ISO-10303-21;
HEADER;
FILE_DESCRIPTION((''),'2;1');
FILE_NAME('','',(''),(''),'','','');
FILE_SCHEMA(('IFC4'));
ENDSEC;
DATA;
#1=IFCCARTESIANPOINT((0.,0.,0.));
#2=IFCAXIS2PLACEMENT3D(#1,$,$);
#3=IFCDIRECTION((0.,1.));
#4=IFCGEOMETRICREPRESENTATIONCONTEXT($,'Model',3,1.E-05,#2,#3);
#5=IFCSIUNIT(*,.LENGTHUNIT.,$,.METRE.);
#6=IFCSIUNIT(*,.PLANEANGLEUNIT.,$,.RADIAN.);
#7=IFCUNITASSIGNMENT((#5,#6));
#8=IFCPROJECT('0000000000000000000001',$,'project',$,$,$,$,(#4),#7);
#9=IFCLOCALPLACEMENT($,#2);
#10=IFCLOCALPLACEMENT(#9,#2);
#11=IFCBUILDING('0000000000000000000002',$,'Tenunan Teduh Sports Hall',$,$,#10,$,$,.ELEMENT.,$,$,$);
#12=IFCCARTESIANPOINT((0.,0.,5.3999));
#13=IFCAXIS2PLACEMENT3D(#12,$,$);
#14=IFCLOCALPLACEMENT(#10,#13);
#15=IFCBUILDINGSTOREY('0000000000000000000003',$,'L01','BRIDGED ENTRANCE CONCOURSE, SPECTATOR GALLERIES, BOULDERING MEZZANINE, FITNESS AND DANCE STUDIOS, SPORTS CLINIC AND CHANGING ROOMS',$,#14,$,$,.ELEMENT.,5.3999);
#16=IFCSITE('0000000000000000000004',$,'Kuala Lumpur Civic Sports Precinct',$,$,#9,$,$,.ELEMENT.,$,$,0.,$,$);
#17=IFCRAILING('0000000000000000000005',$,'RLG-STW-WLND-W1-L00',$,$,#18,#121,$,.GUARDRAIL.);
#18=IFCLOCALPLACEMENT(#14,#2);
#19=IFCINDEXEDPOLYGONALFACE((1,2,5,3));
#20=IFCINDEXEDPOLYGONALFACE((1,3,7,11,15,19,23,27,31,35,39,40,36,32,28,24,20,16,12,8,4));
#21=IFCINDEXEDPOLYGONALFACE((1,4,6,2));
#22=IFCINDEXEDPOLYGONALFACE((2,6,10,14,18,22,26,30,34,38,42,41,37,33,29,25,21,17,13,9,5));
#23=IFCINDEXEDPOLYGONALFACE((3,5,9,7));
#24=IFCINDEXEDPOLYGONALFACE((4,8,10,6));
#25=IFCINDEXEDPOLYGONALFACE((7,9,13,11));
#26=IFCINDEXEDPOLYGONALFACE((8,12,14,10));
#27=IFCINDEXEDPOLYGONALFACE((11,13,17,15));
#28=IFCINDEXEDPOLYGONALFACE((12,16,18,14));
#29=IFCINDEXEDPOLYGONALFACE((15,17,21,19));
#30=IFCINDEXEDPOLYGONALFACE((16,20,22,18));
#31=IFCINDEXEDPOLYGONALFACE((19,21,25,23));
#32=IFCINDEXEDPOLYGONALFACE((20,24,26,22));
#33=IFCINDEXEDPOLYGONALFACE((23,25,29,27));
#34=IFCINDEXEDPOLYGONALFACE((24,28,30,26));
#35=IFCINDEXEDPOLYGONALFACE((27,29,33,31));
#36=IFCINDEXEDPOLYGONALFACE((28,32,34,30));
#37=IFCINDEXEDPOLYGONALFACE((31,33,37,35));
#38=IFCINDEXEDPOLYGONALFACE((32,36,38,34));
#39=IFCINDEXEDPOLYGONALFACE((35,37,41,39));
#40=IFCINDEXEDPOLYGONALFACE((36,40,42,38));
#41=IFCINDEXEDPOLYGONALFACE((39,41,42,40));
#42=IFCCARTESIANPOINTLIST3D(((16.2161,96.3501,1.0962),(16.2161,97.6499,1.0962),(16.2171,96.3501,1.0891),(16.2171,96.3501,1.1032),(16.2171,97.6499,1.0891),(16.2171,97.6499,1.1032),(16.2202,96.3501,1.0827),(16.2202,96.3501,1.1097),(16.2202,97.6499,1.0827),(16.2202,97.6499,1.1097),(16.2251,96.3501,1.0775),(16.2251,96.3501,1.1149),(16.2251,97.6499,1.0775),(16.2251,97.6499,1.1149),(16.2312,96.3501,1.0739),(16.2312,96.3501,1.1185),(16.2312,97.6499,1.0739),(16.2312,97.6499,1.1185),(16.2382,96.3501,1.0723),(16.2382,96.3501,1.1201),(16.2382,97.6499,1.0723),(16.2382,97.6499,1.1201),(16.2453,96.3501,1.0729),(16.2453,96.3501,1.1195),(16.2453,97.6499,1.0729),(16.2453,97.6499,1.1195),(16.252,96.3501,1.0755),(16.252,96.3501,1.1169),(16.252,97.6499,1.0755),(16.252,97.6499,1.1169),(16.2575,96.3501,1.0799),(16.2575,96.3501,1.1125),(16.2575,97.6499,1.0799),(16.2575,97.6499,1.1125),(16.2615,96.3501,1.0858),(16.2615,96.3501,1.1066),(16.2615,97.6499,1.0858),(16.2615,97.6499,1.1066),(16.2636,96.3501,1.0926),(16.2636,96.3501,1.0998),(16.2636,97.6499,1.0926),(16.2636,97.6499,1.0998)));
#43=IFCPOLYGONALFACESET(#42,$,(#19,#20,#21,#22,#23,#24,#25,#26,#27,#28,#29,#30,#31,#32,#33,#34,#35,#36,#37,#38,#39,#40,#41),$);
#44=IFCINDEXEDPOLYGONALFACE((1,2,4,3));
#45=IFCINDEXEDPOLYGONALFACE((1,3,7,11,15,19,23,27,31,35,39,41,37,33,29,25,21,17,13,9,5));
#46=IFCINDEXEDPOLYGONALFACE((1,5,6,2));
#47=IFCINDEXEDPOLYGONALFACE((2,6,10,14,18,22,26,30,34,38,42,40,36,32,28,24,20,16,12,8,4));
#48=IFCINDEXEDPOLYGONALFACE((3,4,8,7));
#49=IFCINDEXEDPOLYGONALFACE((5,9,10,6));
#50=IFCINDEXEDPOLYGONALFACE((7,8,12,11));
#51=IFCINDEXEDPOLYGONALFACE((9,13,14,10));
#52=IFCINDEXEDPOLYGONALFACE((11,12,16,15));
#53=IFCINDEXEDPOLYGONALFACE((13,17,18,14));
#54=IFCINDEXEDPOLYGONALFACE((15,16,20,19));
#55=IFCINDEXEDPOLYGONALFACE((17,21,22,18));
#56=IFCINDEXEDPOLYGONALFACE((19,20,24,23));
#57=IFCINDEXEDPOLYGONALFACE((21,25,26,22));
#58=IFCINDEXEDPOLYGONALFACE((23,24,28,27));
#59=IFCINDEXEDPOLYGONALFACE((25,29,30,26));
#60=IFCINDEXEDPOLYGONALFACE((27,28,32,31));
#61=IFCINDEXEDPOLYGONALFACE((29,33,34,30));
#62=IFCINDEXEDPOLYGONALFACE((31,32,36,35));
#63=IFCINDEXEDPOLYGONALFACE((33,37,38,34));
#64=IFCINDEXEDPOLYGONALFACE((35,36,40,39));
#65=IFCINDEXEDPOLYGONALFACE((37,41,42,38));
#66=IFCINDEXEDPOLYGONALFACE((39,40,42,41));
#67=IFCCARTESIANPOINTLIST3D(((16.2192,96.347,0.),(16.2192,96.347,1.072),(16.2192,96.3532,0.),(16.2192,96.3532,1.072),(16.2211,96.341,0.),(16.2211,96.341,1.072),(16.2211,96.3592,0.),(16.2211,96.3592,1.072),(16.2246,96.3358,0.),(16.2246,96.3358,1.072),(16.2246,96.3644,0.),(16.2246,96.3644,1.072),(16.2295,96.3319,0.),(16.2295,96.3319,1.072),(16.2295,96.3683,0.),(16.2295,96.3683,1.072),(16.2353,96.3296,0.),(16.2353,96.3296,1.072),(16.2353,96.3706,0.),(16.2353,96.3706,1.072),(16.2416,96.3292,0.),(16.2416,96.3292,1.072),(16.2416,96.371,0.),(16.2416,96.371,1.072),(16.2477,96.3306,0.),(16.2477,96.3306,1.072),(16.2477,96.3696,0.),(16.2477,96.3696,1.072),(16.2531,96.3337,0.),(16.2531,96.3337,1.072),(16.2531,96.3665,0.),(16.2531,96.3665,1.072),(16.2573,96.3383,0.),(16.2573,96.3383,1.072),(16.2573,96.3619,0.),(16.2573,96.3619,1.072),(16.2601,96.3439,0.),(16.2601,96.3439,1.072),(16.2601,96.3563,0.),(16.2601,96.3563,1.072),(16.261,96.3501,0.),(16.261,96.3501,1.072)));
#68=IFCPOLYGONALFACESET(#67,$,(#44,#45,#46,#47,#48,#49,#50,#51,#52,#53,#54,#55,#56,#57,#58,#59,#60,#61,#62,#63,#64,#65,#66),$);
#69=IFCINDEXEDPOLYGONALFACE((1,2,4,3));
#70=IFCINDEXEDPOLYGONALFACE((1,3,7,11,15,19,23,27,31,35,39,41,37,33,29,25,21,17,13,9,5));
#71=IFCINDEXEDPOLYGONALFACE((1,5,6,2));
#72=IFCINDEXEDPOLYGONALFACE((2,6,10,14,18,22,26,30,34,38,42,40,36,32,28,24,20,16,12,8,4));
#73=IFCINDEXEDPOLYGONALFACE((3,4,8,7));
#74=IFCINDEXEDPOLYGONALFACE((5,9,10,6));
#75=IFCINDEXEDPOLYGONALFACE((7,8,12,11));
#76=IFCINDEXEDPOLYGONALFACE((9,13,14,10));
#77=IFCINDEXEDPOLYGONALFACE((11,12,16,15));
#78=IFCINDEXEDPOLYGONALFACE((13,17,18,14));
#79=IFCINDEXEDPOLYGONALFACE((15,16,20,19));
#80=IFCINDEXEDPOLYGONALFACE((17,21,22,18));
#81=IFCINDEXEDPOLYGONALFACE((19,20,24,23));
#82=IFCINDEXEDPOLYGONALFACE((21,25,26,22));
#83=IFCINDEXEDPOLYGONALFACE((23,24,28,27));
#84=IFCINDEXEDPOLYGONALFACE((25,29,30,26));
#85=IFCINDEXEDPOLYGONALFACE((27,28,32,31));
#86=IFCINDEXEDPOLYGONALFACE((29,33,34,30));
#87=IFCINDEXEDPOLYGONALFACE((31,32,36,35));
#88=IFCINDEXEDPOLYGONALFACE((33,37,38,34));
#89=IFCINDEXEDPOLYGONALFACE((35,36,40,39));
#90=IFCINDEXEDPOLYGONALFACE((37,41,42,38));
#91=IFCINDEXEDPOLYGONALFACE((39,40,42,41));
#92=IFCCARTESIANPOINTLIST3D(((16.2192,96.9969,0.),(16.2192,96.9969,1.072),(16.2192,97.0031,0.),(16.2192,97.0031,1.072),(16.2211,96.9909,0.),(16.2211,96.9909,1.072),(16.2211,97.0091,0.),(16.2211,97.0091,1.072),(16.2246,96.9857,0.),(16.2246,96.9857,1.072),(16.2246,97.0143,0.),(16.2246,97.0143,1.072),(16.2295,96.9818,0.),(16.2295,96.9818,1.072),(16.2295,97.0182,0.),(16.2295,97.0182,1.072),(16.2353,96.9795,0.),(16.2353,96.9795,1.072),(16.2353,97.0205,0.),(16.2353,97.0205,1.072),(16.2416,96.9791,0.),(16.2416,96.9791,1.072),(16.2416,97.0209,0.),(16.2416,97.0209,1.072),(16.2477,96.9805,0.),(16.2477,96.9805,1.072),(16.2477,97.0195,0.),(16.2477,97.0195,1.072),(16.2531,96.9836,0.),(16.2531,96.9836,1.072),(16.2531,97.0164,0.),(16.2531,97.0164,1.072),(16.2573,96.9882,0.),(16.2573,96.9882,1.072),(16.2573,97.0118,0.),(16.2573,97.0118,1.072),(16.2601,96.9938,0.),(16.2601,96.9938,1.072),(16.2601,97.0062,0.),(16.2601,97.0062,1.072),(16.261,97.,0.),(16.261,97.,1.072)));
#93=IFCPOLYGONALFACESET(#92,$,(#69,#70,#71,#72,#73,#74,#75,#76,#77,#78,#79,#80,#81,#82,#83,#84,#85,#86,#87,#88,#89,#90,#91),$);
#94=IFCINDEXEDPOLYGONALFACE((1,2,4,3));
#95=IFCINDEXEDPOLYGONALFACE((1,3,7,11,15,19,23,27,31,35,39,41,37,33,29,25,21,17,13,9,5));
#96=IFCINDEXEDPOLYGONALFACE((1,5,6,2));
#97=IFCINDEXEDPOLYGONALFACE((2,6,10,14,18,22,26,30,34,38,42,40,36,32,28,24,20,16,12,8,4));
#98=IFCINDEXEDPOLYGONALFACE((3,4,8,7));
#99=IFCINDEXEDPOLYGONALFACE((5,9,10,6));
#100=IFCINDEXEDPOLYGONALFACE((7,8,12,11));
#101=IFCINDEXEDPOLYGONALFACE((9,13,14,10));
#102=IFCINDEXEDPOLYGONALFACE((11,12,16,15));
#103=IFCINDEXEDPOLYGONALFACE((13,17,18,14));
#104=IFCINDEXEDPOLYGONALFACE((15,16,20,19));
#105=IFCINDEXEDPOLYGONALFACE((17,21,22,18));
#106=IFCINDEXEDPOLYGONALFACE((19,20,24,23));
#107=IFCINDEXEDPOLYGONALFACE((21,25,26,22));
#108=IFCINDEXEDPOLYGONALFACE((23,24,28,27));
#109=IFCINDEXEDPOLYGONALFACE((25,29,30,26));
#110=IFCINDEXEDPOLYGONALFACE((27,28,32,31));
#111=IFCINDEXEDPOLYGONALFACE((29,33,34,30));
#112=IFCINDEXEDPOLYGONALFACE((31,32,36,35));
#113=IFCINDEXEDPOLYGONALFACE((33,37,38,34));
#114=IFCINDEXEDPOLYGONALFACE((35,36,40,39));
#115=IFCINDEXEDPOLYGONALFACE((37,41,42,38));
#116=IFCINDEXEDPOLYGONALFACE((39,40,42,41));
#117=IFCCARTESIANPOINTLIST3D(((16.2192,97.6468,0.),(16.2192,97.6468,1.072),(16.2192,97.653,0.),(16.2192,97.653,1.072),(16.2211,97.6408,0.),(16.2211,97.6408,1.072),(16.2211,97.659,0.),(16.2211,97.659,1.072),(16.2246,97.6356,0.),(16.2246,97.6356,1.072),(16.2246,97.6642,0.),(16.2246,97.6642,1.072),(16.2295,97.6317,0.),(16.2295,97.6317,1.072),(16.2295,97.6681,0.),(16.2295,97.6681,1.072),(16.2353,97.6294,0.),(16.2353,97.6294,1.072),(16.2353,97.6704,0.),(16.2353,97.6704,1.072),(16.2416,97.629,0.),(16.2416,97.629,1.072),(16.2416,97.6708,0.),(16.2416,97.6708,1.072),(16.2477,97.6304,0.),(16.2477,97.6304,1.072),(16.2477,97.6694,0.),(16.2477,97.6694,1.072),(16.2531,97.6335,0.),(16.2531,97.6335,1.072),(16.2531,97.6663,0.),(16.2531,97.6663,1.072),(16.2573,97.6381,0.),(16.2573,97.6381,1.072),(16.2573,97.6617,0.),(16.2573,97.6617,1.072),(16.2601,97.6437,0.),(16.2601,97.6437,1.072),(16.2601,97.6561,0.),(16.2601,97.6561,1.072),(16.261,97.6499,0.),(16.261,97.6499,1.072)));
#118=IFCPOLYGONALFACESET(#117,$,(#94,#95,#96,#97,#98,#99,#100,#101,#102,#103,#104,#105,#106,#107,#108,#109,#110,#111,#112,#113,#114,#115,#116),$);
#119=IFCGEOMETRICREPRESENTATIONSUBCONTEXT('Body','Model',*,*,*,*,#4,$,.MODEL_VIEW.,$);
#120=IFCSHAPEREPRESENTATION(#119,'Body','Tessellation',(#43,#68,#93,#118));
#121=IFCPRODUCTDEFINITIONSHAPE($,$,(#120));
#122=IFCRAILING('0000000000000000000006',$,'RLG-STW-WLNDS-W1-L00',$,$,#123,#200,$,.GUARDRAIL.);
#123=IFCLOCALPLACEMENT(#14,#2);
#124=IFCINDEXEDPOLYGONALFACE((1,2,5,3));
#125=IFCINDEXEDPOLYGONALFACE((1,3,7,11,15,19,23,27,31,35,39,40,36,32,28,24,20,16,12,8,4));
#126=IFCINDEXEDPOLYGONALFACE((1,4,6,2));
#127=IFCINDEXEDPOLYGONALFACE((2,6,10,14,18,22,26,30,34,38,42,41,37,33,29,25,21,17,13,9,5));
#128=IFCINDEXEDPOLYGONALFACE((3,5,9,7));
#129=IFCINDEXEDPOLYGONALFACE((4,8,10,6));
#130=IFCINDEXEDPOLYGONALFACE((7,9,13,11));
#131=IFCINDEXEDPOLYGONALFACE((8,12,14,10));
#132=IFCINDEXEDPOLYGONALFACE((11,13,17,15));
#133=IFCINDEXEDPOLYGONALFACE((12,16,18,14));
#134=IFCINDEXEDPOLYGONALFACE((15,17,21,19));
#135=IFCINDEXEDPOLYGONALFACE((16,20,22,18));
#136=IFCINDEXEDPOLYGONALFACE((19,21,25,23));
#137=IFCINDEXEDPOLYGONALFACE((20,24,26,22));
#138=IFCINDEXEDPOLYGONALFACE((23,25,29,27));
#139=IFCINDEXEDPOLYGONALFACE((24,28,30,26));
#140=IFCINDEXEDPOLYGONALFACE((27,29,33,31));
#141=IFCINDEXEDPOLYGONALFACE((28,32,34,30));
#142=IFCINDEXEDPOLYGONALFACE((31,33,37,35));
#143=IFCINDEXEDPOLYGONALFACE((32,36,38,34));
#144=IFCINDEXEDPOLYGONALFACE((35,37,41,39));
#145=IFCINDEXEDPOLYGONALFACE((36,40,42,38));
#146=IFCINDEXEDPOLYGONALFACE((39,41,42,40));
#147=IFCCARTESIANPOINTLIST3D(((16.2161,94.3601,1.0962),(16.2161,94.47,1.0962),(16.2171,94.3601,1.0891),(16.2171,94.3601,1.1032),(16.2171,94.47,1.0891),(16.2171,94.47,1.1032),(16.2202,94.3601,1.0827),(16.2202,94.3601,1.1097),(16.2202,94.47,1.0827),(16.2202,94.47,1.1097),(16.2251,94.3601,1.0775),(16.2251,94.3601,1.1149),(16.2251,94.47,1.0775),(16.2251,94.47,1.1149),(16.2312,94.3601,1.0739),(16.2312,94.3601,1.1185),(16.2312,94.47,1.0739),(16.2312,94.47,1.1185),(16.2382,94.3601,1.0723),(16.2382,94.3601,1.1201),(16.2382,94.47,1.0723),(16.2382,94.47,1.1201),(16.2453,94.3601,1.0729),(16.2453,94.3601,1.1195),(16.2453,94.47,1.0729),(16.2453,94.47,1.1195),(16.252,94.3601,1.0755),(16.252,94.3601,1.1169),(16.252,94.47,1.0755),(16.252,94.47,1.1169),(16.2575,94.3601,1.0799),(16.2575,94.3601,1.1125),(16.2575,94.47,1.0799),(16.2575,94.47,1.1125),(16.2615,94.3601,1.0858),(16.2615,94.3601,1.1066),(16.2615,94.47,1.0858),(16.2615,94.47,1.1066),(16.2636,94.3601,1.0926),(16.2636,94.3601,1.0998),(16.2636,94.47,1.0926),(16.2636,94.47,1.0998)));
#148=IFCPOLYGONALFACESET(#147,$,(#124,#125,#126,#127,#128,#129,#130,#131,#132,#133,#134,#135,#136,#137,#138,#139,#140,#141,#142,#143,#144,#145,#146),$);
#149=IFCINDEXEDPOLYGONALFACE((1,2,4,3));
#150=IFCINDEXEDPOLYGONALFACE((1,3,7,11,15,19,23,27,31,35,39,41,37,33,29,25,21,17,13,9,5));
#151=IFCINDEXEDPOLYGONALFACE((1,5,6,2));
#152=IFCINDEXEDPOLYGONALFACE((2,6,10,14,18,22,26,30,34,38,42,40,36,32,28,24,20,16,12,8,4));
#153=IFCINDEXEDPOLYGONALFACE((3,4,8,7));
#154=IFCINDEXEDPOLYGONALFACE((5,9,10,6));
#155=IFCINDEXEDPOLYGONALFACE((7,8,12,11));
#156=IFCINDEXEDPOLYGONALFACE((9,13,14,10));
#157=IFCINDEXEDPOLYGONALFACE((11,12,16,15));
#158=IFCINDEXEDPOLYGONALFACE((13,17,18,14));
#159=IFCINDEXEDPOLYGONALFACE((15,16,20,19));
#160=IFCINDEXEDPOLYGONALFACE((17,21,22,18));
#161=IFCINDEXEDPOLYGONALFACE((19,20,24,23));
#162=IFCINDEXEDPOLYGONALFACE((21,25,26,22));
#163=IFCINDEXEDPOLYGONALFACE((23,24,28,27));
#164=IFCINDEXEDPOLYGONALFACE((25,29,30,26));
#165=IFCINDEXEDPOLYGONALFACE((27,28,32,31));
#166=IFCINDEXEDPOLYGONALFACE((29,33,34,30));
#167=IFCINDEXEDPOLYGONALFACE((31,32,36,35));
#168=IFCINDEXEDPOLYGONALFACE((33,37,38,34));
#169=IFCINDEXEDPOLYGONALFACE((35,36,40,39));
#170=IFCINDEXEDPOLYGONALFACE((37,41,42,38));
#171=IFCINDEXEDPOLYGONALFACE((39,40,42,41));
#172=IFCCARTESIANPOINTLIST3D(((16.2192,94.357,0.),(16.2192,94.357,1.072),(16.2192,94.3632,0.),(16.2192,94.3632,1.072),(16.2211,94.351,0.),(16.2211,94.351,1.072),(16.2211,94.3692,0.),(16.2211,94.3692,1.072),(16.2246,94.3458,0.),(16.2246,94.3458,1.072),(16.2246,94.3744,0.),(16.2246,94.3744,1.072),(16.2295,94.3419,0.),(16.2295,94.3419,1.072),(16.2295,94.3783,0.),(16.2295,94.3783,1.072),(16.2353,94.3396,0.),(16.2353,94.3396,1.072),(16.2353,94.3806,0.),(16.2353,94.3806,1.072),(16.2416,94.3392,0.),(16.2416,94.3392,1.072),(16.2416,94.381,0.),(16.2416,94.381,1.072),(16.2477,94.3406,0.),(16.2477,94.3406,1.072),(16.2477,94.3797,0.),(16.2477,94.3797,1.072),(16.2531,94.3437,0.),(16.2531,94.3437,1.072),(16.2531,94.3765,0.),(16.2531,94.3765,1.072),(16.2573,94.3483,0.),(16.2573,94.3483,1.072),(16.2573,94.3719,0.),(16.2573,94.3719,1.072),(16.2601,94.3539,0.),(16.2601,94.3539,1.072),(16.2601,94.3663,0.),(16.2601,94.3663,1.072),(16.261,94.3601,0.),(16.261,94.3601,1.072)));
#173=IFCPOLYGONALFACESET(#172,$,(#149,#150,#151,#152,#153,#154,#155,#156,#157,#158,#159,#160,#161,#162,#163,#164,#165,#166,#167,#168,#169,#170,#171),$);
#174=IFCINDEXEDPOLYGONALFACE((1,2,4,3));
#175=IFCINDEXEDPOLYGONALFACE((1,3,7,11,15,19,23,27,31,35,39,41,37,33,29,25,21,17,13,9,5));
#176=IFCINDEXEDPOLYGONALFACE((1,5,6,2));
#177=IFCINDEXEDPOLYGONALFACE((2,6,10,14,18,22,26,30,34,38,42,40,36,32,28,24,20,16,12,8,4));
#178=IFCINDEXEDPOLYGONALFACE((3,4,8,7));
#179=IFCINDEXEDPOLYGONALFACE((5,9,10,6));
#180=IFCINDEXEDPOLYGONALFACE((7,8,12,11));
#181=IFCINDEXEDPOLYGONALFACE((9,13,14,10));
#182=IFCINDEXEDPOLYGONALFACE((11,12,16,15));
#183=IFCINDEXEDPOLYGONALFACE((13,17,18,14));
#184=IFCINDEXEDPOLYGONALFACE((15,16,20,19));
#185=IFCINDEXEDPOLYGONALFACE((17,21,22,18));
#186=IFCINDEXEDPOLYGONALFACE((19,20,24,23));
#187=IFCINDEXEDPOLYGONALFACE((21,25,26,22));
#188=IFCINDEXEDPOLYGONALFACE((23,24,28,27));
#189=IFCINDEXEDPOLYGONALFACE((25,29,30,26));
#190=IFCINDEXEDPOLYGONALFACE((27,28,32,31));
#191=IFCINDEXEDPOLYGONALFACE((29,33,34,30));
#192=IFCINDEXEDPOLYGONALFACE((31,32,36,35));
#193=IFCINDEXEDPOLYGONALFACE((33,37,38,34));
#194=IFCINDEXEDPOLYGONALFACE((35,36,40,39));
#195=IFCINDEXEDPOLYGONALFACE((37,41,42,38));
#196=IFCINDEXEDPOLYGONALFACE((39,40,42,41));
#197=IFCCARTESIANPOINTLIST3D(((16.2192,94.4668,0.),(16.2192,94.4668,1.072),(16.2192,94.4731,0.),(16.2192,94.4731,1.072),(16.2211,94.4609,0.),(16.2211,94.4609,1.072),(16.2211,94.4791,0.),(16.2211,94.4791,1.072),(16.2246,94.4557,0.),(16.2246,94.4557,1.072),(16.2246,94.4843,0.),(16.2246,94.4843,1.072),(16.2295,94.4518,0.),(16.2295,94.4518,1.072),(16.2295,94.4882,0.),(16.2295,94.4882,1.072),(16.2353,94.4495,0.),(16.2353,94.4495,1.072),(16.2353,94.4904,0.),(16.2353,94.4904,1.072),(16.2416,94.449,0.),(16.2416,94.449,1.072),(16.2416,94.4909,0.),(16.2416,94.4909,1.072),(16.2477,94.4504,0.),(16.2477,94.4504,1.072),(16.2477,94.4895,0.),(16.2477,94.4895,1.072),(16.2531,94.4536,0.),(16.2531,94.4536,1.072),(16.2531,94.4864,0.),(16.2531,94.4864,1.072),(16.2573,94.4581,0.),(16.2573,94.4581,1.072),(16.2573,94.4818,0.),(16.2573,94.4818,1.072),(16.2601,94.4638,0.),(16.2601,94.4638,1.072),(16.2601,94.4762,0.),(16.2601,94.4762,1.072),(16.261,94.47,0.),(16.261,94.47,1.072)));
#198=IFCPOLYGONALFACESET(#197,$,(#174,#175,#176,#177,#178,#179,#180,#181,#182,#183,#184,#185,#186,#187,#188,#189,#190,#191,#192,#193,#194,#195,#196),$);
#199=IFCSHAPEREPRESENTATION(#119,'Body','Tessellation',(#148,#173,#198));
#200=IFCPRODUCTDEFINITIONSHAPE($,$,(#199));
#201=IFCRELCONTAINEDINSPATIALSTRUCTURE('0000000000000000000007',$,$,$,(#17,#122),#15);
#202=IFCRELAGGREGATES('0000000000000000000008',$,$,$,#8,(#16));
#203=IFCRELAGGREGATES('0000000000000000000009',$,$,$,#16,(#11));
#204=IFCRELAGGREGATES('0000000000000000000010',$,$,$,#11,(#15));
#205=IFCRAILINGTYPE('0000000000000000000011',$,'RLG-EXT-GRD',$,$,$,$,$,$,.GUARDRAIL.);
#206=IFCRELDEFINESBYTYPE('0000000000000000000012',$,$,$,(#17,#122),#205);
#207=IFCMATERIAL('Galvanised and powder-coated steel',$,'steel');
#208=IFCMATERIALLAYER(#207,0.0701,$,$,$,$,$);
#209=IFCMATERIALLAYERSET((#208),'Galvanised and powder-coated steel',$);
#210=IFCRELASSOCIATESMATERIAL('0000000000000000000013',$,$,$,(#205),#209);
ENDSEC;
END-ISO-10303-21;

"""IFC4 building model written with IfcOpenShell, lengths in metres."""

from ifc_helpers import new_model, si_unit, direction, frame, origin, origin_2d, place, context, subcontext, project, spatial, circle, extrude, material, layer, layer_set, type_object, element, save


model = new_model("IFC4")

# Units and contexts
model_context = context("Model", 3, precision=1e-05, world=origin(), true_north=direction((0.0, 1.0)))
body_context = subcontext(model_context, "Body", "Model", "MODEL_VIEW")
ifc_project = project(units=[si_unit("LENGTHUNIT", "METRE"), si_unit("PLANEANGLEUNIT", "RADIAN")], contexts=[model_context])

# Site, building, storey
site_placement = place(None, origin())
site = spatial("IfcSite", under=ifc_project, at=site_placement, Name="Kuala Lumpur Civic Sports Precinct", CompositionType="ELEMENT", RefElevation=0.0)
building_placement = place(site_placement, origin())
building = spatial("IfcBuilding", under=site, at=building_placement, Name="Tenunan Teduh Sports Hall", CompositionType="ELEMENT")
storey_placement = place(building_placement, frame((0.0, 0.0, 5.3999)))
storey = spatial("IfcBuildingStorey", under=building, at=storey_placement, Name="L01", Description="BRIDGED ENTRANCE CONCOURSE, SPECTATOR GALLERIES, BOULDERING MEZZANINE, FITNESS AND DANCE STUDIOS, SPORTS CLINIC AND CHANGING ROOMS", CompositionType="ELEMENT", Elevation=5.3999)

# Railings
ifc_material_1 = material(Name="Galvanised and powder-coated steel", Category="steel")
ifc_layer_1 = layer(ifc_material_1, 0.0701)
ifc_layer_set_1 = layer_set([ifc_layer_1], Name="Galvanised and powder-coated steel")
railing_type_1 = type_object("IfcRailingType", Name="RLG-EXT-GRD", PredefinedType="GUARDRAIL", material=ifc_layer_set_1)
railing_1_placement = place(storey_placement, frame((16.24, 96.3501, 0.0)))
element("IfcRailing", 1, at=railing_1_placement, inside=storey, type_object=railing_type_1, Name="RLG-STW-WLND-W1-L00", PredefinedType="GUARDRAIL", context=body_context, shape_type="SweptSolid", body=[
    extrude(circle(Radius=0.0239, at=origin_2d()), frame((0.0, 0.0, 1.0962), z_axis=(0.0, 1.0, 0.0), x_axis=(-1.0, 0.0, 0.0)), (0.0, 0.0, 1.0), 1.2998),
    extrude(circle(Radius=0.021, at=origin_2d()), origin(), (0.0, 0.0, 1.0), 1.072),
    extrude(circle(Radius=0.021, at=origin_2d()), frame((0.0, 0.6499, 0.0)), (0.0, 0.0, 1.0), 1.072),
    extrude(circle(Radius=0.021, at=origin_2d()), frame((0.0, 1.2998, 0.0)), (0.0, 0.0, 1.0), 1.072),
])
for number, where, name in (
    (2, (16.24, 94.3601, 0.0), "RLG-STW-WLNDS-W1-L00"),
):
    element("IfcRailing", number, at=place(storey_placement, frame(where)), inside=storey, type_object=railing_type_1, Name=name, PredefinedType="GUARDRAIL", context=body_context, shape_type="SweptSolid", body=[
        extrude(circle(Radius=0.0239, at=origin_2d()), frame((0.0, 0.0, 1.0962), z_axis=(0.0, 1.0, 0.0), x_axis=(-1.0, 0.0, 0.0)), (0.0, 0.0, 1.0), 0.1099),
        extrude(circle(Radius=0.021, at=origin_2d()), origin(), (0.0, 0.0, 1.0), 1.072),
        extrude(circle(Radius=0.021, at=origin_2d()), frame((0.0, 0.1099, 0.0)), (0.0, 0.0, 1.0), 1.072),
    ])

save(model, "model.ifc")
